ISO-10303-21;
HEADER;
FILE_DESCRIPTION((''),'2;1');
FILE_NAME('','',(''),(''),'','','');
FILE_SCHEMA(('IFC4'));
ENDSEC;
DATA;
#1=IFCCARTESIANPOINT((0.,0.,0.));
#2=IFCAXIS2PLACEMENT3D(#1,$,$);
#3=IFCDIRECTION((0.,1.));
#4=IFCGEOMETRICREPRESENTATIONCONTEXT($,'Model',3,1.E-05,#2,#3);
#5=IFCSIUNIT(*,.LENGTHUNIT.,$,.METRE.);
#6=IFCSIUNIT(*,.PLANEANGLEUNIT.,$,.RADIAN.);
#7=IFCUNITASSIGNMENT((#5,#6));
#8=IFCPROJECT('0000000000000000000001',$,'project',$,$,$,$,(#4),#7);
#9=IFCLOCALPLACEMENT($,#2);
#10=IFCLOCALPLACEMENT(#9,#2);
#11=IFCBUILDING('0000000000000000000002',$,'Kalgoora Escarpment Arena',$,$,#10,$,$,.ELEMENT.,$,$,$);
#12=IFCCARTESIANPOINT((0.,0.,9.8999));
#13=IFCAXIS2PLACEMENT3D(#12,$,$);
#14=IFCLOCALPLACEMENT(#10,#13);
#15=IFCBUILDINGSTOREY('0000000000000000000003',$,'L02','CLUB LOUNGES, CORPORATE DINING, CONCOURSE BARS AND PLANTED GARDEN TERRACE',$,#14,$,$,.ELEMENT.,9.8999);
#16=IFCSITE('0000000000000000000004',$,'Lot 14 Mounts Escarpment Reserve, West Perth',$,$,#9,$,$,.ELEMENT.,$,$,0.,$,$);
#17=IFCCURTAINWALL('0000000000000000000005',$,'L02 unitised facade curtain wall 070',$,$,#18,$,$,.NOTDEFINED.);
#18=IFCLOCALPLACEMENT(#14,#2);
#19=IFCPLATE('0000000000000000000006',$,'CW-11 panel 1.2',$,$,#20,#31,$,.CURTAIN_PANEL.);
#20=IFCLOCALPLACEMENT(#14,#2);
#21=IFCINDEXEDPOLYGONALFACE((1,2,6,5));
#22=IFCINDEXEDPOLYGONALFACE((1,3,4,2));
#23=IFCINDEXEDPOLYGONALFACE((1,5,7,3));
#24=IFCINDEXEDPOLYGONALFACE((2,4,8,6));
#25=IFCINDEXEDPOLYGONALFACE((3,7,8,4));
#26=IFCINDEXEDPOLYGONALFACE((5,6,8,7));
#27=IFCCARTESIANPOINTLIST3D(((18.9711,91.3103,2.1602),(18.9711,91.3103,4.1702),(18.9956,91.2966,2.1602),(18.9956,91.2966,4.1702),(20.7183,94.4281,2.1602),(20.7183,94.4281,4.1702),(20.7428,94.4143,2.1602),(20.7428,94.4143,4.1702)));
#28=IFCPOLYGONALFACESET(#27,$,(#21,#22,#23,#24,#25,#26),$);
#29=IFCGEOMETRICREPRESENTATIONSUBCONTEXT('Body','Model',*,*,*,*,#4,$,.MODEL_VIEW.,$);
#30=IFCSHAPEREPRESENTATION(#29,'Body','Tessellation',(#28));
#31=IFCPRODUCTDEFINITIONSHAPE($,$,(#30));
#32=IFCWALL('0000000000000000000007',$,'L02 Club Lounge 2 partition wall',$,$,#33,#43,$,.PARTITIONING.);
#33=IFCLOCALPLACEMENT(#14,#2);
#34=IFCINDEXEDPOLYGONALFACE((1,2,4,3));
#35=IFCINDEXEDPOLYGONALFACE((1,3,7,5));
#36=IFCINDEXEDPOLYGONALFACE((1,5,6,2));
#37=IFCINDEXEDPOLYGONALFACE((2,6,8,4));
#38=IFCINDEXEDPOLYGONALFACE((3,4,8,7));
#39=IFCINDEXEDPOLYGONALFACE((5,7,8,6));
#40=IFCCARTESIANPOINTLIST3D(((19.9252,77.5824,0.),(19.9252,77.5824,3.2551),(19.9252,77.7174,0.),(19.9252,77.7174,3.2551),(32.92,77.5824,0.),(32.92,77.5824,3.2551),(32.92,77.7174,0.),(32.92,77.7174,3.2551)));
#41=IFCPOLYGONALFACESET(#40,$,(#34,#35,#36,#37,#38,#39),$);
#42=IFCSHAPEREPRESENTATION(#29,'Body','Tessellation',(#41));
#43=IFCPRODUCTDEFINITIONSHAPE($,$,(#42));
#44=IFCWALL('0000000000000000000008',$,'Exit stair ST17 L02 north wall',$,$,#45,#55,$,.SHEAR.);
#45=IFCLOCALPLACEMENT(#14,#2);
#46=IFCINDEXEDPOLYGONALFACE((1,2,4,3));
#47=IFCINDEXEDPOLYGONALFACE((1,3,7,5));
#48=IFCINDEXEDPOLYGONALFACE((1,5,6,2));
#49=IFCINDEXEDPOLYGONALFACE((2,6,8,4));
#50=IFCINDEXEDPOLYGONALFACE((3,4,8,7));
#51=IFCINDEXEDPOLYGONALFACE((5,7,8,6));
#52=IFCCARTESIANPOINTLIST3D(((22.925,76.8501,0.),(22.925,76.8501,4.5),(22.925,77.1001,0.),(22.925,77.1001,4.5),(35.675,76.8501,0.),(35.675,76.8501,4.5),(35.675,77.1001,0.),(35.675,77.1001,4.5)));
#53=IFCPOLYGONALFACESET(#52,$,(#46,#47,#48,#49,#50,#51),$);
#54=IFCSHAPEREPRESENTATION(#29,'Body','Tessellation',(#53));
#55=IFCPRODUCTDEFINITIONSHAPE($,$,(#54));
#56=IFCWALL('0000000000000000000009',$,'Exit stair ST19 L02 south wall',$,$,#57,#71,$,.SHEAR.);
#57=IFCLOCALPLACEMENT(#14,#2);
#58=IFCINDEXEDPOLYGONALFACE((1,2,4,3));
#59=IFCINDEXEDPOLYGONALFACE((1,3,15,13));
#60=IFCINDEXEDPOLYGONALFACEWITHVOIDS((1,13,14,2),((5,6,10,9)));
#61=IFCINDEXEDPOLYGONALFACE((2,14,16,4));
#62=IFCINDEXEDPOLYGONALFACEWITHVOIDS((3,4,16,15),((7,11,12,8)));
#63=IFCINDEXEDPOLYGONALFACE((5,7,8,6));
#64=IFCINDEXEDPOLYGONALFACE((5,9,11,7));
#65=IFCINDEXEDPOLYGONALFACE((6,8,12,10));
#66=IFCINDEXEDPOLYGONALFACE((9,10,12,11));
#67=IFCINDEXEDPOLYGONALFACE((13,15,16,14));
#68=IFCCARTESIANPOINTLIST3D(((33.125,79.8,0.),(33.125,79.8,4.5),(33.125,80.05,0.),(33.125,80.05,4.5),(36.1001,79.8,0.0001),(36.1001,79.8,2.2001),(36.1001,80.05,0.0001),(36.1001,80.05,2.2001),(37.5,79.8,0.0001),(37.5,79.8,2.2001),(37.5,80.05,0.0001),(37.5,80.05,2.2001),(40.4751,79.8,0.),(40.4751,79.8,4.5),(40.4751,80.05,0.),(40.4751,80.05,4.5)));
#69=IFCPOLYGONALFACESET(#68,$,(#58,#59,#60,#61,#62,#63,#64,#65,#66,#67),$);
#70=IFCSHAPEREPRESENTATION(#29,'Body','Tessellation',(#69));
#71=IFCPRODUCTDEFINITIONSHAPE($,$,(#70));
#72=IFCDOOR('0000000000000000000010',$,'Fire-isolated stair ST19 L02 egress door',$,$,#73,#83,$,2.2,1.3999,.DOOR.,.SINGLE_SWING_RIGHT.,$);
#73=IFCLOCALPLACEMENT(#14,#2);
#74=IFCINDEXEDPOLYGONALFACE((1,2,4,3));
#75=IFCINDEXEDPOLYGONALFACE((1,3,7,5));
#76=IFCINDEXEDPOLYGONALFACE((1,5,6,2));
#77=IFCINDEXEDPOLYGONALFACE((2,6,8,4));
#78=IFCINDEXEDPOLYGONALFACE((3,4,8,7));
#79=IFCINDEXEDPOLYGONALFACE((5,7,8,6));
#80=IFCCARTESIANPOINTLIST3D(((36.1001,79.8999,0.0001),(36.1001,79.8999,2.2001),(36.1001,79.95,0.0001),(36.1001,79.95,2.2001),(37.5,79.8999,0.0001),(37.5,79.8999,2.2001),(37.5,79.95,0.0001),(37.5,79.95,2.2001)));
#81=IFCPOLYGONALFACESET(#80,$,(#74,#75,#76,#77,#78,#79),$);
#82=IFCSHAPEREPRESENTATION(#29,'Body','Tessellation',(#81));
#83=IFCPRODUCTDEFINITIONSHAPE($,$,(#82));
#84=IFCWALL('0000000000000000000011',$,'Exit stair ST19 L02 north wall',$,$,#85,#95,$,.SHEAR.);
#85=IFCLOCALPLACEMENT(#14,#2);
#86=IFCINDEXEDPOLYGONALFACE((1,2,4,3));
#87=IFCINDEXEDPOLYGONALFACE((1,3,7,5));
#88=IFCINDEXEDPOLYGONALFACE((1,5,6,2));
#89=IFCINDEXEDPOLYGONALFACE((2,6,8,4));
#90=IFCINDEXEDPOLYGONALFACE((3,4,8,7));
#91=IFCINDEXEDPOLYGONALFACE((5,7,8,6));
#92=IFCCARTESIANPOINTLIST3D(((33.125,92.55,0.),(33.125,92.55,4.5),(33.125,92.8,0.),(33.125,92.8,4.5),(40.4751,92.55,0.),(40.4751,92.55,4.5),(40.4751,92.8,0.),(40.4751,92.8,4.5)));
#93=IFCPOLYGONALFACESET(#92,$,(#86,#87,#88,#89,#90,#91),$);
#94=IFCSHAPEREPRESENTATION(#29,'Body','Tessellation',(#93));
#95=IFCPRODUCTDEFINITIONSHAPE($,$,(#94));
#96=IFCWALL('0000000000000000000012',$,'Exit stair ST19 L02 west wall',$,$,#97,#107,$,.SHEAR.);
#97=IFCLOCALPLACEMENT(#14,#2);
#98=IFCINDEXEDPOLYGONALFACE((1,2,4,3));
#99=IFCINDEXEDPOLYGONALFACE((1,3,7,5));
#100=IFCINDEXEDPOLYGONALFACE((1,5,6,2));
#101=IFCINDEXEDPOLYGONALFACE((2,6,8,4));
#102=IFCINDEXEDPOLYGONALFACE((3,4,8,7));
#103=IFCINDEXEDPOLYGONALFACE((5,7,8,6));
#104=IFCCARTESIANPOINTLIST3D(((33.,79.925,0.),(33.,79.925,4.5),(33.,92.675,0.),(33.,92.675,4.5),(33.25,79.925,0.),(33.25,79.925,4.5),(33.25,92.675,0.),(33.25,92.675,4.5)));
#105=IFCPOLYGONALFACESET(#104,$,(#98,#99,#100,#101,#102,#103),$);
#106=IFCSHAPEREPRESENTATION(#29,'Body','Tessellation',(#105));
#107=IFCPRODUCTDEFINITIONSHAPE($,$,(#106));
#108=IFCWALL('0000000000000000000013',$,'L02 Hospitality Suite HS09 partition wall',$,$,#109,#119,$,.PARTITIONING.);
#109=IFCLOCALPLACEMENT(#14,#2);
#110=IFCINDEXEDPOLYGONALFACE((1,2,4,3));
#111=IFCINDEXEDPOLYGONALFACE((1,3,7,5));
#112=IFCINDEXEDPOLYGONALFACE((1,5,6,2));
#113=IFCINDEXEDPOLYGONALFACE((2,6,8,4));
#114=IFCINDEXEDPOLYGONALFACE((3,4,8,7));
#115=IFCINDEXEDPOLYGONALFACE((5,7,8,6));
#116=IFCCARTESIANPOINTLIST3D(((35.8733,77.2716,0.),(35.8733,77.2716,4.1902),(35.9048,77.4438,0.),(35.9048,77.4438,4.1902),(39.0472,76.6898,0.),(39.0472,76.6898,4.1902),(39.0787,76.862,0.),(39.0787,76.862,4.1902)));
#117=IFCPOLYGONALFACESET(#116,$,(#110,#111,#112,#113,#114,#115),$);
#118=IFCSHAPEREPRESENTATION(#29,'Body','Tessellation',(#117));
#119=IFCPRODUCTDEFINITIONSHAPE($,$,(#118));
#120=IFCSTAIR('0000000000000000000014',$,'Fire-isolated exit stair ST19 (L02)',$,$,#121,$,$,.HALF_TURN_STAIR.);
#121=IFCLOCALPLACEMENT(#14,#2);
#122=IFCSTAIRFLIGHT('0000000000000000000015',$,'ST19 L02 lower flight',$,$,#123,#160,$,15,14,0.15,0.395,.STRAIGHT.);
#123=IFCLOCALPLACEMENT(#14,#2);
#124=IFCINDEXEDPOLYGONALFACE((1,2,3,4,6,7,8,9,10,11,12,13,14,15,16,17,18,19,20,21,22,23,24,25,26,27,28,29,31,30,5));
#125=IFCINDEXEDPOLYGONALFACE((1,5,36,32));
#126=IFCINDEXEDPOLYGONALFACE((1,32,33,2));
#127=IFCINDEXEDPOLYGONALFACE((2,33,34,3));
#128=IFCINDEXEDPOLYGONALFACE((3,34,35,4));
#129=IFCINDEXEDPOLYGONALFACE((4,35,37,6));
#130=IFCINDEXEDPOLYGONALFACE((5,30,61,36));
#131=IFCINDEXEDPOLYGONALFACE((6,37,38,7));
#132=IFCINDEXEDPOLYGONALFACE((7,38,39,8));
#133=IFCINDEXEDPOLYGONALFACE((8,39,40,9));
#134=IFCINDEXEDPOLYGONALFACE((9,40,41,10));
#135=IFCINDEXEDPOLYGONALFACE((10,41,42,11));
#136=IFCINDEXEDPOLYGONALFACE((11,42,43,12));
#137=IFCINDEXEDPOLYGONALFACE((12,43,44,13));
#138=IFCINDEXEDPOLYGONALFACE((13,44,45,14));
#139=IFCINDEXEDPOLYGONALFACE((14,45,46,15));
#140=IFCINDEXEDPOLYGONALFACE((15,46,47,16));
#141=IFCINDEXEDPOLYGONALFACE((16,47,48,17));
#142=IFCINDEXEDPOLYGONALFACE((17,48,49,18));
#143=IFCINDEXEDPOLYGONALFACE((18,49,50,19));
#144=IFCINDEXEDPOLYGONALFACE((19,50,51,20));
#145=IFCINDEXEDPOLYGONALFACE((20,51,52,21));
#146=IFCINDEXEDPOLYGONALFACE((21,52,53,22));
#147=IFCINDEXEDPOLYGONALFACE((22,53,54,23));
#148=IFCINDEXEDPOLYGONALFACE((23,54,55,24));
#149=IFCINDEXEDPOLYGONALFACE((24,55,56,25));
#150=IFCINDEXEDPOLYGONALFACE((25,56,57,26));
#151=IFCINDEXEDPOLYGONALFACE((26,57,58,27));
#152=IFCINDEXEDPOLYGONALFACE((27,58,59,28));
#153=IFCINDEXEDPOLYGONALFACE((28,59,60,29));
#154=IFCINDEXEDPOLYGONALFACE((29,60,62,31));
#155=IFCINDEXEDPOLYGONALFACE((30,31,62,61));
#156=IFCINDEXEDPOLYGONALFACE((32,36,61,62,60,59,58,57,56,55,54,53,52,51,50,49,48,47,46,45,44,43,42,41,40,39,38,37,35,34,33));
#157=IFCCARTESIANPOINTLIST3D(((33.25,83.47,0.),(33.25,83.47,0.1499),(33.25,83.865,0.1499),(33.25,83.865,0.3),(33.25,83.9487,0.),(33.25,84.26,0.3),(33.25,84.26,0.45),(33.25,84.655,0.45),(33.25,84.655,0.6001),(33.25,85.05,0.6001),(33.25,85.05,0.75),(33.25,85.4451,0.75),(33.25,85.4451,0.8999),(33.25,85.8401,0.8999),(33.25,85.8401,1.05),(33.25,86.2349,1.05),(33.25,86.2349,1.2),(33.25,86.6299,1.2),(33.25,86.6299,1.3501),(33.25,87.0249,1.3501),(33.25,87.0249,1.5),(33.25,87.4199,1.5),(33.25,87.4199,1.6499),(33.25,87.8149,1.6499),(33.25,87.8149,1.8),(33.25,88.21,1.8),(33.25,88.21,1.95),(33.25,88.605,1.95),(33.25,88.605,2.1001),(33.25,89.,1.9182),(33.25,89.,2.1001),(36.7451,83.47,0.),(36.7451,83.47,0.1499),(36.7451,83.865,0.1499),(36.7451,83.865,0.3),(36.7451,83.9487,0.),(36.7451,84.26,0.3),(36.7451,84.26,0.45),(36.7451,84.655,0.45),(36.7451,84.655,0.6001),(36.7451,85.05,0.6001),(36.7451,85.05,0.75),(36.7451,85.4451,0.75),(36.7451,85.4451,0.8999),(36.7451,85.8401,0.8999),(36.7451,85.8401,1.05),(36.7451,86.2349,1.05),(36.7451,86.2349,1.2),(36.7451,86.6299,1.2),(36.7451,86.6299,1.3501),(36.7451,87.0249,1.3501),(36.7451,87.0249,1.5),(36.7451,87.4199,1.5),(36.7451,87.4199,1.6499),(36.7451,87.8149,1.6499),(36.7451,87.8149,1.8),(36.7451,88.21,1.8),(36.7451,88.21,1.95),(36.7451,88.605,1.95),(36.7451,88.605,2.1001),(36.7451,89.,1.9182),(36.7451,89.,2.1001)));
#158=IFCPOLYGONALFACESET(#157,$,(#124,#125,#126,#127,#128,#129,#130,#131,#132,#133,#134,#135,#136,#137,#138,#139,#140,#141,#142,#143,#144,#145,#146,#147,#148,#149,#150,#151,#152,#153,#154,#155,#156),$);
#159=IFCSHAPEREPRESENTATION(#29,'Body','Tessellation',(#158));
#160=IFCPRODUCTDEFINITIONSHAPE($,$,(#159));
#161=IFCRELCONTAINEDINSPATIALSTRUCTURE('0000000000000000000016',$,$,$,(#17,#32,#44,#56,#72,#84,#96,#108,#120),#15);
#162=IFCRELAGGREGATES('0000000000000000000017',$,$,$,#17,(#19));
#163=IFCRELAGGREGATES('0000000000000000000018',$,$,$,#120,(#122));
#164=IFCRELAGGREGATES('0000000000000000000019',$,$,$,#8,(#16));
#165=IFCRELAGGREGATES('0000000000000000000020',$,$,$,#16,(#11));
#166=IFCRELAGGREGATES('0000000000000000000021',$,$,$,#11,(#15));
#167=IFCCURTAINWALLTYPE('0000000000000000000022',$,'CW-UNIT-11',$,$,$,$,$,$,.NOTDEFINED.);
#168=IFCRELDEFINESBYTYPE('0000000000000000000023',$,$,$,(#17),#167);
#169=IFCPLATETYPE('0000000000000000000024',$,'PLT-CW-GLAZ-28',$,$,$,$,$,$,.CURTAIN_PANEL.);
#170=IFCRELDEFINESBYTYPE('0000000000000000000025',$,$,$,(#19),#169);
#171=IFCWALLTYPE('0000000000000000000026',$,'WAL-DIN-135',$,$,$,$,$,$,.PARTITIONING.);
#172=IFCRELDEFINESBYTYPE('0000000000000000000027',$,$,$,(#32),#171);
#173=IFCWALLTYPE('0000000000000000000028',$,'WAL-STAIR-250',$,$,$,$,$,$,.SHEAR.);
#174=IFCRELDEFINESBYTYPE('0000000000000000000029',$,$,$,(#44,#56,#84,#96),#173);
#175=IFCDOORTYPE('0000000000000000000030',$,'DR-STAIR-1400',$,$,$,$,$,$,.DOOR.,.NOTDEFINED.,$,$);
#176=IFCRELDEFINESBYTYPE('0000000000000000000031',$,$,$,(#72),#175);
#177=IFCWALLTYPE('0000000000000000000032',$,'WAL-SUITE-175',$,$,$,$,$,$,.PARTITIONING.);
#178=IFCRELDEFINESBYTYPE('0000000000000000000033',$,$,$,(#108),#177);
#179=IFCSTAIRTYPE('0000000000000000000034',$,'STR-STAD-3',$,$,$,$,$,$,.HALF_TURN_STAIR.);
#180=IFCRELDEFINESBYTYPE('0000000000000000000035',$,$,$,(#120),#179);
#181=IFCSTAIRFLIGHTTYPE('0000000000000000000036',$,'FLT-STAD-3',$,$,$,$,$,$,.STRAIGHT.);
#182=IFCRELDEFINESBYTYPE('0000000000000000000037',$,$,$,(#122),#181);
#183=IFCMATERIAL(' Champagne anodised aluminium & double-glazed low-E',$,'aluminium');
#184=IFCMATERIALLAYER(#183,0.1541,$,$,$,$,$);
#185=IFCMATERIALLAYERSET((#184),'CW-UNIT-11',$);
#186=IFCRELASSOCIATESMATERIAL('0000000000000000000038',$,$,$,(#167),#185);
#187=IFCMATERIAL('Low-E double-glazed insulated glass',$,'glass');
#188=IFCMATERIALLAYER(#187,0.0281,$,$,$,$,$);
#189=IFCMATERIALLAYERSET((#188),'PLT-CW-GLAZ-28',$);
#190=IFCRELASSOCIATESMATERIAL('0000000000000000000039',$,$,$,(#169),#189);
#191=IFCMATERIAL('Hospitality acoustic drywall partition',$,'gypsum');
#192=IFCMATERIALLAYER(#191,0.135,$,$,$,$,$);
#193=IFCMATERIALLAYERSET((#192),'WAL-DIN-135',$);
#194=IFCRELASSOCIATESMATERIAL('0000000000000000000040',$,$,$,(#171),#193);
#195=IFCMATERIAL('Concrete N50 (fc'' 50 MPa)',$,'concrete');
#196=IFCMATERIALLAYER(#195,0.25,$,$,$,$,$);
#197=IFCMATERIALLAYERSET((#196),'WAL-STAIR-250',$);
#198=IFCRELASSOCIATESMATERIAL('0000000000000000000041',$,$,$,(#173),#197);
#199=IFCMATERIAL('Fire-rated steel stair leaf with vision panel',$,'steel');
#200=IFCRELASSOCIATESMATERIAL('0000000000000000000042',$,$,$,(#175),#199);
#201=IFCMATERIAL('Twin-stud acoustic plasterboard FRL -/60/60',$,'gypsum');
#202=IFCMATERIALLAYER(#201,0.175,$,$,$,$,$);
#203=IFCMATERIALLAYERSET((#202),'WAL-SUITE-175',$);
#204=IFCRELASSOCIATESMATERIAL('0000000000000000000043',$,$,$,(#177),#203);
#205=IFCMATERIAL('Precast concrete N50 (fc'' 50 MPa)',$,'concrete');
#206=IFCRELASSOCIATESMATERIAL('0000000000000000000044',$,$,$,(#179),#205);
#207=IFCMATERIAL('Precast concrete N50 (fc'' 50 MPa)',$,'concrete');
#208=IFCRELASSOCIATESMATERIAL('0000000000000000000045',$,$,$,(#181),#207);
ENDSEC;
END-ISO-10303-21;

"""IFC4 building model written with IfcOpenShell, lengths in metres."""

from ifc_helpers import new_model, si_unit, direction, frame, frame_2d, origin, origin_2d, place, context, subcontext, project, spatial, polyline, rectangle, outline, extrude, material, layer, layer_set, type_object, element, fill, aggregate, save


model = new_model("IFC4")

# Units and contexts
model_context = context("Model", 3, precision=1e-05, world=origin(), true_north=direction((0.0, 1.0)))
body_context = subcontext(model_context, "Body", "Model", "MODEL_VIEW")
ifc_project = project(units=[si_unit("LENGTHUNIT", "METRE"), si_unit("PLANEANGLEUNIT", "RADIAN")], contexts=[model_context])

# Site, building, storey
site_placement = place(None, origin())
site = spatial("IfcSite", under=ifc_project, at=site_placement, Name="Lot 14 Mounts Escarpment Reserve, West Perth", CompositionType="ELEMENT", RefElevation=0.0)
building_placement = place(site_placement, origin())
building = spatial("IfcBuilding", under=site, at=building_placement, Name="Kalgoora Escarpment Arena", CompositionType="ELEMENT")
storey_placement = place(building_placement, frame((0.0, 0.0, 9.8999)))
storey = spatial("IfcBuildingStorey", under=building, at=storey_placement, Name="L02", Description="CLUB LOUNGES, CORPORATE DINING, CONCOURSE BARS AND PLANTED GARDEN TERRACE", CompositionType="ELEMENT", Elevation=9.8999)

# Curtain wall
ifc_material_1 = material(Name=" Champagne anodised aluminium & double-glazed low-E", Category="aluminium")
ifc_layer_1 = layer(ifc_material_1, 0.1541)
ifc_layer_set_1 = layer_set([ifc_layer_1], Name="CW-UNIT-11")
curtain_wall_type = type_object("IfcCurtainWallType", Name="CW-UNIT-11", PredefinedType="NOTDEFINED", material=ifc_layer_set_1)
curtain_wall_placement = place(storey_placement, origin())
curtain_wall = element("IfcCurtainWall", 1, at=curtain_wall_placement, inside=storey, type_object=curtain_wall_type, Name="L02 unitised facade curtain wall 070", PredefinedType="NOTDEFINED")

# Plate
ifc_material_2 = material(Name="Low-E double-glazed insulated glass", Category="glass")
ifc_layer_2 = layer(ifc_material_2, 0.0281)
ifc_layer_set_2 = layer_set([ifc_layer_2], Name="PLT-CW-GLAZ-28")
plate_type = type_object("IfcPlateType", Name="PLT-CW-GLAZ-28", PredefinedType="CURTAIN_PANEL", material=ifc_layer_set_2)
plate_1_placement = place(storey_placement, frame((19.8569, 92.8623, 2.1602), z_axis=(0.0, 0.0, 1.0), x_axis=(0.488871, 0.872356, 0.0)))
plate_1 = element("IfcPlate", 2, at=plate_1_placement, type_object=plate_type, Name="CW-11 panel 1.2", PredefinedType="CURTAIN_PANEL", context=body_context, shape_type="SweptSolid", body=[
    extrude(rectangle(XDim=3.574, YDim=0.0281, at=origin_2d()), origin(), (0.0, 0.0, 1.0), 2.01),
])
aggregate(curtain_wall, [plate_1])

# Walls
ifc_material_3 = material(Name="Hospitality acoustic drywall partition", Category="gypsum")
ifc_layer_3 = layer(ifc_material_3, 0.135)
ifc_layer_set_3 = layer_set([ifc_layer_3], Name="WAL-DIN-135")
wall_type_1 = type_object("IfcWallType", Name="WAL-DIN-135", PredefinedType="PARTITIONING", material=ifc_layer_set_3)
wall_1_placement = place(storey_placement, frame((19.925, 77.6499, 0.0), z_axis=(0.0, 0.0, 1.0), x_axis=(1.0, 0.0, 0.0)))
element("IfcWall", 3, at=wall_1_placement, inside=storey, type_object=wall_type_1, Name="L02 Club Lounge 2 partition wall", PredefinedType="PARTITIONING", context=body_context, shape_type="SweptSolid", body=[
    extrude(rectangle(XDim=12.9949, YDim=0.135, at=frame_2d((6.4976, 0.0))), origin(), (0.0, 0.0, 1.0), 3.2551),
])
ifc_material_4 = material(Name="Concrete N50 (fc' 50 MPa)", Category="concrete")
ifc_layer_4 = layer(ifc_material_4, 0.25)
ifc_layer_set_4 = layer_set([ifc_layer_4], Name="WAL-STAIR-250")
wall_type_2 = type_object("IfcWallType", Name="WAL-STAIR-250", PredefinedType="SHEAR", material=ifc_layer_set_4)
wall_2_placement = place(storey_placement, frame((22.925, 76.9751, 0.0), z_axis=(0.0, 0.0, 1.0), x_axis=(1.0, 0.0, 0.0)))
element("IfcWall", 4, at=wall_2_placement, inside=storey, type_object=wall_type_2, Name="Exit stair ST17 L02 north wall", PredefinedType="SHEAR", context=body_context, shape_type="SweptSolid", body=[
    extrude(rectangle(XDim=12.75, YDim=0.25, at=frame_2d((6.375, 0.0))), origin(), (0.0, 0.0, 1.0), 4.5),
])

# Wall, opening, door
wall_3_placement = place(storey_placement, frame((33.125, 79.925, 0.0), z_axis=(0.0, 0.0, 1.0), x_axis=(1.0, 0.0, 0.0)))
wall_3 = element("IfcWall", 5, at=wall_3_placement, inside=storey, type_object=wall_type_2, Name="Exit stair ST19 L02 south wall", PredefinedType="SHEAR", context=body_context, shape_type="SweptSolid", body=[
    extrude(rectangle(XDim=7.3501, YDim=0.25, at=frame_2d((3.675, 0.0))), origin(), (0.0, 0.0, 1.0), 4.5),
])
opening_placement = place(wall_3_placement, frame((2.9751, 0.0, 0.0)))
opening = element("IfcOpeningElement", 6, at=opening_placement, cuts=wall_3, PredefinedType="OPENING", context=body_context, shape_type="SweptSolid", body=[
    extrude(rectangle(XDim=1.3999, YDim=2.2, at=frame_2d((0.7, 1.1001))), frame((0.0, 0.135, 0.0), z_axis=(0.0, -1.0, 0.0), x_axis=(1.0, 0.0, 0.0)), (0.0, 0.0, 1.0), 0.27),
])
ifc_material_5 = material(Name="Fire-rated steel stair leaf with vision panel", Category="steel")
door_type = type_object("IfcDoorType", Name="DR-STAIR-1400", OperationType="NOTDEFINED", PredefinedType="DOOR", material=ifc_material_5)
door_placement = place(opening_placement, origin())
door = element("IfcDoor", 7, at=door_placement, inside=storey, type_object=door_type, Name="Fire-isolated stair ST19 L02 egress door", OperationType="SINGLE_SWING_RIGHT", OverallHeight=2.2, OverallWidth=1.3999, PredefinedType="DOOR", context=body_context, shape_type="SweptSolid", body=[
    extrude(rectangle(XDim=1.3999, YDim=2.2, at=frame_2d((0.7, 1.1001))), frame((0.0, 0.0249, 0.0), z_axis=(0.0, -1.0, 0.0), x_axis=(1.0, 0.0, 0.0)), (0.0, 0.0, 1.0), 0.05),
])
fill(opening, door)

# Walls
wall_4_placement = place(storey_placement, frame((33.125, 92.675, 0.0), z_axis=(0.0, 0.0, 1.0), x_axis=(1.0, 0.0, 0.0)))
element("IfcWall", 8, at=wall_4_placement, inside=storey, type_object=wall_type_2, Name="Exit stair ST19 L02 north wall", PredefinedType="SHEAR", context=body_context, shape_type="SweptSolid", body=[
    extrude(rectangle(XDim=7.3501, YDim=0.25, at=frame_2d((3.675, 0.0))), origin(), (0.0, 0.0, 1.0), 4.5),
])
wall_5_placement = place(storey_placement, frame((33.125, 79.925, 0.0), z_axis=(0.0, 0.0, 1.0), x_axis=(0.0, 1.0, 0.0)))
element("IfcWall", 9, at=wall_5_placement, inside=storey, type_object=wall_type_2, Name="Exit stair ST19 L02 west wall", PredefinedType="SHEAR", context=body_context, shape_type="SweptSolid", body=[
    extrude(rectangle(XDim=12.75, YDim=0.25, at=frame_2d((6.375, 0.0))), origin(), (0.0, 0.0, 1.0), 4.5),
])
ifc_material_6 = material(Name="Twin-stud acoustic plasterboard FRL -/60/60", Category="gypsum")
ifc_layer_5 = layer(ifc_material_6, 0.175)
ifc_layer_set_5 = layer_set([ifc_layer_5], Name="WAL-SUITE-175")
wall_type_3 = type_object("IfcWallType", Name="WAL-SUITE-175", PredefinedType="PARTITIONING", material=ifc_layer_set_5)
wall_6_placement = place(storey_placement, frame((35.8892, 77.3577, 0.0), z_axis=(0.0, 0.0, 1.0), x_axis=(0.983611, -0.180303, 0.0)))
element("IfcWall", 10, at=wall_6_placement, inside=storey, type_object=wall_type_3, Name="L02 Hospitality Suite HS09 partition wall", PredefinedType="PARTITIONING", context=body_context, shape_type="SweptSolid", body=[
    extrude(rectangle(XDim=3.2268, YDim=0.175, at=frame_2d((1.6133, 0.0))), origin(), (0.0, 0.0, 1.0), 4.1902),
])

# Stair, stair flight
ifc_material_7 = material(Name="Precast concrete N50 (fc' 50 MPa)", Category="concrete")
stair_type = type_object("IfcStairType", Name="STR-STAD-3", PredefinedType="HALF_TURN_STAIR", material=ifc_material_7)
stair_placement = place(storey_placement, origin())
stair = element("IfcStair", 11, at=stair_placement, inside=storey, type_object=stair_type, Name="Fire-isolated exit stair ST19 (L02)", PredefinedType="HALF_TURN_STAIR")
ifc_material_8 = material(Name="Precast concrete N50 (fc' 50 MPa)", Category="concrete")
stair_flight_type = type_object("IfcStairFlightType", Name="FLT-STAD-3", PredefinedType="STRAIGHT", material=ifc_material_8)
stair_flight_placement = place(storey_placement, frame((34.9976, 83.47, 0.0), z_axis=(0.0, 0.0, 1.0), x_axis=(0.0, 1.0, 0.0)))
stair_flight = element("IfcStairFlight", 12, at=stair_flight_placement, type_object=stair_flight_type, Name="ST19 L02 lower flight", NumberOfRisers=15, NumberOfTreads=14, PredefinedType="STRAIGHT", RiserHeight=0.15, TreadLength=0.395, context=body_context, shape_type="SweptSolid", body=[
    extrude(outline(polyline([(0.0, 0.0), (0.0, 0.1499), (0.395, 0.1499), (0.395, 0.3), (0.79, 0.3), (0.79, 0.45), (1.1851, 0.45), (1.1851, 0.6001), (1.5801, 0.6001), (1.5801, 0.75), (1.9751, 0.75), (1.9751, 0.8999), (2.3701, 0.8999), (2.3701, 1.05), (2.7649, 1.05), (2.7649, 1.2), (3.1599, 1.2), (3.1599, 1.3501), (3.5549, 1.3501), (3.5549, 1.5), (3.95, 1.5), (3.95, 1.6499), (4.345, 1.6499), (4.345, 1.8), (4.74, 1.8), (4.74, 1.95), (5.135, 1.95), (5.135, 2.1001), (5.53, 2.1001), (5.53, 2.25), (5.53, 1.9182), (0.4788, 0.0), (0.0, 0.0)])), frame((0.0, 1.7476, 0.0), z_axis=(0.0, -1.0, 0.0), x_axis=(1.0, 0.0, 0.0)), (0.0, 0.0, 1.0), 3.4951),
])
aggregate(stair, [stair_flight])

save(model, "model.ifc")
